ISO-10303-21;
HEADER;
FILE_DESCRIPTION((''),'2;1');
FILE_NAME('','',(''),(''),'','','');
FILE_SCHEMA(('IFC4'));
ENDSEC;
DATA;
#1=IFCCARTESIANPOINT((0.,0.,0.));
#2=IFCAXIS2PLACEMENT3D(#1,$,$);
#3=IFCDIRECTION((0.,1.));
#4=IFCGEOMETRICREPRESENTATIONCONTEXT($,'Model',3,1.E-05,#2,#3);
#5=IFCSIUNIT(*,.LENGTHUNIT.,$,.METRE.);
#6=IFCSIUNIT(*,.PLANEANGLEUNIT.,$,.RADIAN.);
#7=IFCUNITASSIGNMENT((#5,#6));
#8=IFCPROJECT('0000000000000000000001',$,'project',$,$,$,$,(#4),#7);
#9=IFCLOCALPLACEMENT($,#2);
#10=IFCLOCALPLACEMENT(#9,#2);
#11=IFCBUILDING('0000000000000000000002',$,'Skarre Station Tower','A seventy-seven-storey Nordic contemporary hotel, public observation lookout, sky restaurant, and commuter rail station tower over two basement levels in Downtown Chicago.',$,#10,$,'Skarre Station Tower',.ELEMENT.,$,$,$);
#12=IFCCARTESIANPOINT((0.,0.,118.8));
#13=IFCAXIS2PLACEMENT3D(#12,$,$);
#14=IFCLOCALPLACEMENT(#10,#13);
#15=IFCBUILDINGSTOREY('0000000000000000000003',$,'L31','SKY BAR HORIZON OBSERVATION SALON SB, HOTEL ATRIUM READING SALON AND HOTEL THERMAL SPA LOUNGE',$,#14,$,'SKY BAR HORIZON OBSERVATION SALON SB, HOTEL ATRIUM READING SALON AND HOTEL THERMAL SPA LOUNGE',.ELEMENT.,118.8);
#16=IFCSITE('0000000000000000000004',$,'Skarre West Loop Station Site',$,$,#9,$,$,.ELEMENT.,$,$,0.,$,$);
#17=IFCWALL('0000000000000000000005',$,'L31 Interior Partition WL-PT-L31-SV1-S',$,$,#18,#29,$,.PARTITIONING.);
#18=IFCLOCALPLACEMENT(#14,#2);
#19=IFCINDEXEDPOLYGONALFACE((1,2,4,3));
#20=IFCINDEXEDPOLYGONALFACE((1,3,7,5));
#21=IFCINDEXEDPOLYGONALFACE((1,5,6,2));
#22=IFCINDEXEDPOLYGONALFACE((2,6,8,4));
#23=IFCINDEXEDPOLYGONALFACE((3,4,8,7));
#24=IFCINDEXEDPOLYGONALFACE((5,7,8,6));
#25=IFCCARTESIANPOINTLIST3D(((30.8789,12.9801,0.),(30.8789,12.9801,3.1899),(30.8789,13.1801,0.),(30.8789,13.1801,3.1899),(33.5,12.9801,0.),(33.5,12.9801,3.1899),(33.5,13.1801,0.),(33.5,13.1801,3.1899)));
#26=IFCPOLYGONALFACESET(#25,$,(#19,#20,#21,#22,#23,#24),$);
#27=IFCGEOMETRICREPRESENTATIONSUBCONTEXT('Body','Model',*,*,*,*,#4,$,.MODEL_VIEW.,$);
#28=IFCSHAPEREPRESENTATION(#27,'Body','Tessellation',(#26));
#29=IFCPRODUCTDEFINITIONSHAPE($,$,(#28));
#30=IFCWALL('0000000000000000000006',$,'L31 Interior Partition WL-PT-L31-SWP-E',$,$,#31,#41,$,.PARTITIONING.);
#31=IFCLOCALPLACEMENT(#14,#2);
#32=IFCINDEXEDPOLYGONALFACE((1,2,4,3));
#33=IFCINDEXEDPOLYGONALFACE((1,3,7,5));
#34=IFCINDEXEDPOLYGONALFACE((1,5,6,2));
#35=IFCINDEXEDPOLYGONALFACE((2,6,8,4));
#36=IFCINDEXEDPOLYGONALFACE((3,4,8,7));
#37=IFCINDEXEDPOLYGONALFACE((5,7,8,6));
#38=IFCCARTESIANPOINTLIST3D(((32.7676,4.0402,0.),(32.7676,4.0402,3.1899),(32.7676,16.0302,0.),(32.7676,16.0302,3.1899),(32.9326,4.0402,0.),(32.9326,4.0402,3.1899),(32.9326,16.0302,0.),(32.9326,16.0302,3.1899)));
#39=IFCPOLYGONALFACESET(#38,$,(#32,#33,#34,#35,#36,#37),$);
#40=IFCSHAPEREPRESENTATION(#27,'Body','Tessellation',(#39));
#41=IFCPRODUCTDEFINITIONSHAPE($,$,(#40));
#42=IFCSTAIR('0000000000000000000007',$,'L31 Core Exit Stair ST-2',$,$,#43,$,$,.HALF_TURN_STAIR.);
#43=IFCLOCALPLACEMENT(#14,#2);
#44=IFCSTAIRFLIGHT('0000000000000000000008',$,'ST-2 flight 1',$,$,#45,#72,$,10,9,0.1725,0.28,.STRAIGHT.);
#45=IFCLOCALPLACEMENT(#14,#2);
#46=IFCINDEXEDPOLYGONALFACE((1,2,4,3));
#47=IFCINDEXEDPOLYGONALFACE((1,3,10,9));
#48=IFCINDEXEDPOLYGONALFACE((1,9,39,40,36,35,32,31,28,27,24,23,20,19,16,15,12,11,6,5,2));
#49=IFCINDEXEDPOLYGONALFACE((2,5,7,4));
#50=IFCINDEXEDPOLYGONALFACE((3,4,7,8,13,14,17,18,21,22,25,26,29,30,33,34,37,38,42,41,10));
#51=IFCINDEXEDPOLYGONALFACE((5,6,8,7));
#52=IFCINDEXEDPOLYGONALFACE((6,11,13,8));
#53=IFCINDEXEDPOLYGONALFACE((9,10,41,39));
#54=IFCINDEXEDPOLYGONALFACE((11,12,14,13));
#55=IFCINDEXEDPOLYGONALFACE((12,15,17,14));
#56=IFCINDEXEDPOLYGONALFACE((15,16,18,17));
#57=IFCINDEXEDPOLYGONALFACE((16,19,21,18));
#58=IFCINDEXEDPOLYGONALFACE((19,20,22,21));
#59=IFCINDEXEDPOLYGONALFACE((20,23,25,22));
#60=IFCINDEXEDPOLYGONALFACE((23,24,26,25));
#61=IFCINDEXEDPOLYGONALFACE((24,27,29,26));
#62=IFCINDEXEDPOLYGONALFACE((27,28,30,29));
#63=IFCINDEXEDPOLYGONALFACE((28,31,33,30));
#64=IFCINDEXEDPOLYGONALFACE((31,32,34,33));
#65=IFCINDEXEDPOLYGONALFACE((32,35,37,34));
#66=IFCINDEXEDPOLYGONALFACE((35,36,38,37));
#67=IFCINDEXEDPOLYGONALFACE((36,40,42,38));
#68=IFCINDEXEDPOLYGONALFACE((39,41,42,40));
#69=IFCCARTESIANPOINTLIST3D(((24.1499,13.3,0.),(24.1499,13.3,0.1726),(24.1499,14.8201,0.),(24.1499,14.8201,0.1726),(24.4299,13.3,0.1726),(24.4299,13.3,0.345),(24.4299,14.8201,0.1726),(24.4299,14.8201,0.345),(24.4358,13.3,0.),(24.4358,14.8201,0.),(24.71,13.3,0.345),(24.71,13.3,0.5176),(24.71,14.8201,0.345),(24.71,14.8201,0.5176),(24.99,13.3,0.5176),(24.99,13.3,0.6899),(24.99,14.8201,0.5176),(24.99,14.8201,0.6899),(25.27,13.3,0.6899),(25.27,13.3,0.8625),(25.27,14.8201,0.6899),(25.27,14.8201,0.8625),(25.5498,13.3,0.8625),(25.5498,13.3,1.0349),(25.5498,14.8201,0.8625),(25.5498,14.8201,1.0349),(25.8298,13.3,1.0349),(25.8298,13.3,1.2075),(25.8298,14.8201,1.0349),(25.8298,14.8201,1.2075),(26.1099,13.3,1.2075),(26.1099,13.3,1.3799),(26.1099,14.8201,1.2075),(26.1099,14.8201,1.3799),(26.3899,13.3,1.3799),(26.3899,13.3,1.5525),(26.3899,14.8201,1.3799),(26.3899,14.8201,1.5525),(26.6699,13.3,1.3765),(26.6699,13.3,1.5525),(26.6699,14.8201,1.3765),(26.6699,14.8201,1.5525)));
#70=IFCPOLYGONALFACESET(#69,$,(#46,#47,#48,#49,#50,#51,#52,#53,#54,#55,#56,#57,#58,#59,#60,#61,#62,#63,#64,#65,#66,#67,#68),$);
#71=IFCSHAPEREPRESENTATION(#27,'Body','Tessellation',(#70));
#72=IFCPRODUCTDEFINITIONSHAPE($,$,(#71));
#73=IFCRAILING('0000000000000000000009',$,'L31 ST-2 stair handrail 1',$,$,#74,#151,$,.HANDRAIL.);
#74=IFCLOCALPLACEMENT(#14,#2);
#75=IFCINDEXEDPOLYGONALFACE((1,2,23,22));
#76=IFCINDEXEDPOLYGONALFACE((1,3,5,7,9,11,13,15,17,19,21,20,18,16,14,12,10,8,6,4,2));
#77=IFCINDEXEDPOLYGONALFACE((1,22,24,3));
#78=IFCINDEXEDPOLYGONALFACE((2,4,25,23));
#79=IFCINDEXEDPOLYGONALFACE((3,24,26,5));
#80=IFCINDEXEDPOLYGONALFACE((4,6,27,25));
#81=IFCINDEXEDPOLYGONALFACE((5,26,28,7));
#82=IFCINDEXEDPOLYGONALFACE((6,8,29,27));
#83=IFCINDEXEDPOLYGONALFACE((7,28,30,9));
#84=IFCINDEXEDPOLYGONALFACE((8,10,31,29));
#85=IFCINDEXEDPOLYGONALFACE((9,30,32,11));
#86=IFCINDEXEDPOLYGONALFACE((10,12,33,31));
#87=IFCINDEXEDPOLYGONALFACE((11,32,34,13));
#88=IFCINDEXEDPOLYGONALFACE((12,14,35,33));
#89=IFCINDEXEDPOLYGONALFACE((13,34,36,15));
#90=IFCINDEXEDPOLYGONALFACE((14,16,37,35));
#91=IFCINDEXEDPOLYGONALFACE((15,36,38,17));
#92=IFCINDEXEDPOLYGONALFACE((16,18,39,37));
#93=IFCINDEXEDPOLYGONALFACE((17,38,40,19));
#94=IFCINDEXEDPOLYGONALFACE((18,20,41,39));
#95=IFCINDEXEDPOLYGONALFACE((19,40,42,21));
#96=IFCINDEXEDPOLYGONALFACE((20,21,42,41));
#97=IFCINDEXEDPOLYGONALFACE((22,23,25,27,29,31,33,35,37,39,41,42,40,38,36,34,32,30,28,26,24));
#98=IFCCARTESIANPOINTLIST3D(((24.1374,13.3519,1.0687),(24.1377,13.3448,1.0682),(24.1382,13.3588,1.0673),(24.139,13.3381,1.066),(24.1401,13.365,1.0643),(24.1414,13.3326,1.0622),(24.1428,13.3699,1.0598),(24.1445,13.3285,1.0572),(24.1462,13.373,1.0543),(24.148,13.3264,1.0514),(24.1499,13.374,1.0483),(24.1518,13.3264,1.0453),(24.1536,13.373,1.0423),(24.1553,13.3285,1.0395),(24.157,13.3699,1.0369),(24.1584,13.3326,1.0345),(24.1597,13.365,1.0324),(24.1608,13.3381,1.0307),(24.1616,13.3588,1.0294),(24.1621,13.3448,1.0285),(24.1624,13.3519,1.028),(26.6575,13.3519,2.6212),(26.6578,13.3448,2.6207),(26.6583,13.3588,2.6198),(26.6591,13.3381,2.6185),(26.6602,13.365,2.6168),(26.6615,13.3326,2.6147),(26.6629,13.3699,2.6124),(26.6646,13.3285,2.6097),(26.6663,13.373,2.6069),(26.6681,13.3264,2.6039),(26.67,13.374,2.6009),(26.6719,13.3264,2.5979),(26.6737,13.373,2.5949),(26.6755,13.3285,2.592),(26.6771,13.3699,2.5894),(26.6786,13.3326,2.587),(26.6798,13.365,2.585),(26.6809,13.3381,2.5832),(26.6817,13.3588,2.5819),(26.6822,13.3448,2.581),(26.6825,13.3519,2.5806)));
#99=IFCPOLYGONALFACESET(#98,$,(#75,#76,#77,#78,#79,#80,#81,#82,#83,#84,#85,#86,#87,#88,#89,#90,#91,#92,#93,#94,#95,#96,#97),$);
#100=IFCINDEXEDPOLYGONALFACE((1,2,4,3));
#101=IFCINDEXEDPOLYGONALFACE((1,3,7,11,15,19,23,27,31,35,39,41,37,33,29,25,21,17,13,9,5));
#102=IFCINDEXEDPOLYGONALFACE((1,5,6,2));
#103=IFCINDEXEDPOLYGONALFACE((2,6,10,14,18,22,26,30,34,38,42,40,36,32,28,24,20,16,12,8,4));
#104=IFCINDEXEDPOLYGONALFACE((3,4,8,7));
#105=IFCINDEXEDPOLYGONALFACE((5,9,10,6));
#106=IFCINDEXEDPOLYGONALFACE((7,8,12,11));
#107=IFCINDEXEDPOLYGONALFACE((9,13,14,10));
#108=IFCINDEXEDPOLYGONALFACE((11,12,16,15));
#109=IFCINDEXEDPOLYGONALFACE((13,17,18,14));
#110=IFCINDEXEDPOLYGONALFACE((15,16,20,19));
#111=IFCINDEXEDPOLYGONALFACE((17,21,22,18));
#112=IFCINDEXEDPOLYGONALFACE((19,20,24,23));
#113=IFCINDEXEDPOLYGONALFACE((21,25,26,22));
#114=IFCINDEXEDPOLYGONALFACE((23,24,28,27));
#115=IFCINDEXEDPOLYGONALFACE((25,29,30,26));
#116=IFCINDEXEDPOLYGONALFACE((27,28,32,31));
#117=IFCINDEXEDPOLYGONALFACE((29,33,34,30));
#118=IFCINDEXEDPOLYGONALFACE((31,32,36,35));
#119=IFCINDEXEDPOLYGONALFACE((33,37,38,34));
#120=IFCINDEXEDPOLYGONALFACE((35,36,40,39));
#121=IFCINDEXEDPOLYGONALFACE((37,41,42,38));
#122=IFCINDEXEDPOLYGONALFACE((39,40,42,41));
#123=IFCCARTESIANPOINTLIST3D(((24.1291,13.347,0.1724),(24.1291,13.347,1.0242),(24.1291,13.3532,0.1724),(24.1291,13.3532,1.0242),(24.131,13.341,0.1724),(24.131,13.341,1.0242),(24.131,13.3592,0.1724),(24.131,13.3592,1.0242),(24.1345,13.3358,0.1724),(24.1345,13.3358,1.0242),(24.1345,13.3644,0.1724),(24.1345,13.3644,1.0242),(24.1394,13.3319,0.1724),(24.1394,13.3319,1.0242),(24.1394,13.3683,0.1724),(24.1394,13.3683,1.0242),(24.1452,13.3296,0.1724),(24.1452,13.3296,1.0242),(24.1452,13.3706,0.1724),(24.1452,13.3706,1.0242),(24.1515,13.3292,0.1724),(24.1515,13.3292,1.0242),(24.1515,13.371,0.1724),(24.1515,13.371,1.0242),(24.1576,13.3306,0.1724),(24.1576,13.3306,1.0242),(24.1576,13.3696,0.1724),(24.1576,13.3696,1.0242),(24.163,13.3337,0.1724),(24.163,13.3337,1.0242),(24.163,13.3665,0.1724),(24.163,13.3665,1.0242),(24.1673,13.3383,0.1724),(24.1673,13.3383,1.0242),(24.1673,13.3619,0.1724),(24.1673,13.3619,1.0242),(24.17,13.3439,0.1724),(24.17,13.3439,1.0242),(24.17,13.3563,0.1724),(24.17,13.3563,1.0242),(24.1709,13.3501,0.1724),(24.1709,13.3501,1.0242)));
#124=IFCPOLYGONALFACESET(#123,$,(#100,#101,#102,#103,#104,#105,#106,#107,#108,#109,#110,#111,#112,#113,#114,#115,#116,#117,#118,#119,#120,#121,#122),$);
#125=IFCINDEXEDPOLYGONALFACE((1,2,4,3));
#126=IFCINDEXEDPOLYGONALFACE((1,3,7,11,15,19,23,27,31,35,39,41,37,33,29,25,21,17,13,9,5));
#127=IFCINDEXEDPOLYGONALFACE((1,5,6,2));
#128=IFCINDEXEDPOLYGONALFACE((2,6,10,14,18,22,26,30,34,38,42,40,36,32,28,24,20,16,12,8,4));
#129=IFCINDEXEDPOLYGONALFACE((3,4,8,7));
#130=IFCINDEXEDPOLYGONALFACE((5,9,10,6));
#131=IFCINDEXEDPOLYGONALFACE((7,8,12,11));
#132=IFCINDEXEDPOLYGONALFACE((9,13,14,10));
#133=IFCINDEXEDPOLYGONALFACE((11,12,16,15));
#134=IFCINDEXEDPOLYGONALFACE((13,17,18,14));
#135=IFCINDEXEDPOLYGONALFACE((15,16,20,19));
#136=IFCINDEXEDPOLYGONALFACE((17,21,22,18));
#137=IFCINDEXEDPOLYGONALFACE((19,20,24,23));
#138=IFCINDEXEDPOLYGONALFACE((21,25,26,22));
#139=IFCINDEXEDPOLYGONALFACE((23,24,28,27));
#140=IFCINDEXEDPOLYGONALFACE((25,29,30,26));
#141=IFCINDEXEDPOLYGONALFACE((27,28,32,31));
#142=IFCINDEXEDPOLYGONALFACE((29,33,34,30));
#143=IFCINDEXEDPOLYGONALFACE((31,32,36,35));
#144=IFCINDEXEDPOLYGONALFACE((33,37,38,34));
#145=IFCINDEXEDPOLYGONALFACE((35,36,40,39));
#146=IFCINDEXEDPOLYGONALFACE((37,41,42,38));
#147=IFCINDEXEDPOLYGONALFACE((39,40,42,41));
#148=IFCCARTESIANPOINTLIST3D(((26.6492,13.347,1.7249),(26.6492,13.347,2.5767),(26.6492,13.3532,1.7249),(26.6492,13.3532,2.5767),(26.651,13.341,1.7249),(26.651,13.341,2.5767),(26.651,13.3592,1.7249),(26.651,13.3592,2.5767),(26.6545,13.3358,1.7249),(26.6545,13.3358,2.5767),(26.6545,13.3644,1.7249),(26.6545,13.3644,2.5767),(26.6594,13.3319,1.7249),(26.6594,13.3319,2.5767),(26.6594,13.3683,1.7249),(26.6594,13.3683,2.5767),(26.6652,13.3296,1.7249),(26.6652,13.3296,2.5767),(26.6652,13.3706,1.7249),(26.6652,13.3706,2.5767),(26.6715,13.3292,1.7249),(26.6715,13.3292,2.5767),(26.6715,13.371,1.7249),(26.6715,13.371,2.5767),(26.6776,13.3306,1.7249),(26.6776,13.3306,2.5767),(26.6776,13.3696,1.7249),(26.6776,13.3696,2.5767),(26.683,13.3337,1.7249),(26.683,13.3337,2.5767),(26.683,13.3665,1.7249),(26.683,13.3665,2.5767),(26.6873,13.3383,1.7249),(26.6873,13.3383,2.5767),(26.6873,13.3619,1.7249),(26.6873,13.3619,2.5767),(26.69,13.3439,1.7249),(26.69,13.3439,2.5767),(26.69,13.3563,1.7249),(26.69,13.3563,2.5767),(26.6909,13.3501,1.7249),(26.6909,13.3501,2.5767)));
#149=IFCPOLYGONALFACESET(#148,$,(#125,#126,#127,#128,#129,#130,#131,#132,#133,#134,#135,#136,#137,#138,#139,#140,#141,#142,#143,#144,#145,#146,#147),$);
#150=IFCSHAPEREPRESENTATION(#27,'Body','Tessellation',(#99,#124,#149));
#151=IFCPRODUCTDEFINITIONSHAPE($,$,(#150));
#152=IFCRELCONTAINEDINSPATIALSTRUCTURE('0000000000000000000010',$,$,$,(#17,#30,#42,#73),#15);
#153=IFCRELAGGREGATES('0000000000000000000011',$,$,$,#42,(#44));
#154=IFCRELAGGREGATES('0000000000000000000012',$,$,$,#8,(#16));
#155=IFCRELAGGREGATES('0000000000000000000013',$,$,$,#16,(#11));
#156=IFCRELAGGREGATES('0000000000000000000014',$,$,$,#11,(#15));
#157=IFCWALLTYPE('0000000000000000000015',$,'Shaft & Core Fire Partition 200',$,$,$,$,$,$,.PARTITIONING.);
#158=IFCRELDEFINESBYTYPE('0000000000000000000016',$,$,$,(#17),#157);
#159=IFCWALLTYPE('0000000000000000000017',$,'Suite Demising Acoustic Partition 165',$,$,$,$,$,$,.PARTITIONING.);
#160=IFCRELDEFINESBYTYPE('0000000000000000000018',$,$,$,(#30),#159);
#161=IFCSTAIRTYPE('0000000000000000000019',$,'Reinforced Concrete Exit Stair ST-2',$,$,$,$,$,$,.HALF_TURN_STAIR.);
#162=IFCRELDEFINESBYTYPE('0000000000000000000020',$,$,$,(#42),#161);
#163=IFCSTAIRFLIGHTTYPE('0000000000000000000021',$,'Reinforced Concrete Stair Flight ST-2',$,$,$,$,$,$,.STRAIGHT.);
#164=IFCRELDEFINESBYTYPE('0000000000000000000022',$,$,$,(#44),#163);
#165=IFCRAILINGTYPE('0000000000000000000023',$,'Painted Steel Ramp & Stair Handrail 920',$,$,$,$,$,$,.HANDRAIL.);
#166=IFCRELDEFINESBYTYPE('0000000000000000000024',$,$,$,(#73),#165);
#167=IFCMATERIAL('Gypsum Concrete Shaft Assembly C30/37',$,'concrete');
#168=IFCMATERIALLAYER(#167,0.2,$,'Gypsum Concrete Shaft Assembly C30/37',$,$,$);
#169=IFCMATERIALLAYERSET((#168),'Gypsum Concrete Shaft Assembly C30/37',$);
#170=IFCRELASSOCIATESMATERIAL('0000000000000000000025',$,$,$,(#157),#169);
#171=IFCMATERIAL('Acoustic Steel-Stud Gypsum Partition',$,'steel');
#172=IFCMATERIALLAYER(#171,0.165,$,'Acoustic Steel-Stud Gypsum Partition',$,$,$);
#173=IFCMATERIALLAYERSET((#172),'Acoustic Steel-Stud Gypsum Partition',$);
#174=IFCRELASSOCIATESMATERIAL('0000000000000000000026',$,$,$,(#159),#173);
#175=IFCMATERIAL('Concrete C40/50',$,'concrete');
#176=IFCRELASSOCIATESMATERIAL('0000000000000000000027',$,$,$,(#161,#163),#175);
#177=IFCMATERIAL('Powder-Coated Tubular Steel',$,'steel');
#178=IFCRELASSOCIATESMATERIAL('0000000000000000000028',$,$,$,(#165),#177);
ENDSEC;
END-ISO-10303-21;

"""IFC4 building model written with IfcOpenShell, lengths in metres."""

from ifc_helpers import new_model, si_unit, direction, frame, frame_2d, origin, origin_2d, place, context, subcontext, project, spatial, polyline, rectangle, circle, outline, extrude, material, layer, layer_set, type_object, element, aggregate, save


model = new_model("IFC4")

# Units and contexts
model_context = context("Model", 3, precision=1e-05, world=origin(), true_north=direction((0.0, 1.0)))
body_context = subcontext(model_context, "Body", "Model", "MODEL_VIEW")
ifc_project = project(units=[si_unit("LENGTHUNIT", "METRE"), si_unit("PLANEANGLEUNIT", "RADIAN")], contexts=[model_context])

# Site, building, storey
site_placement = place(None, origin())
site = spatial("IfcSite", under=ifc_project, at=site_placement, Name="Skarre West Loop Station Site", CompositionType="ELEMENT", RefElevation=0.0)
building_placement = place(site_placement, origin())
building = spatial("IfcBuilding", under=site, at=building_placement, Name="Skarre Station Tower", Description="A seventy-seven-storey Nordic contemporary hotel, public observation lookout, sky restaurant, and commuter rail station tower over two basement levels in Downtown Chicago.", LongName="Skarre Station Tower", CompositionType="ELEMENT")
storey_placement = place(building_placement, frame((0.0, 0.0, 118.8)))
storey = spatial("IfcBuildingStorey", under=building, at=storey_placement, Name="L31", Description="SKY BAR HORIZON OBSERVATION SALON SB, HOTEL ATRIUM READING SALON AND HOTEL THERMAL SPA LOUNGE", LongName="SKY BAR HORIZON OBSERVATION SALON SB, HOTEL ATRIUM READING SALON AND HOTEL THERMAL SPA LOUNGE", CompositionType="ELEMENT", Elevation=118.8)

# Shared definitions
ifc_material_1 = material(Name="Acoustic Steel-Stud Gypsum Partition", Category="steel")

# Walls
ifc_material_2 = material(Name="Gypsum Concrete Shaft Assembly C30/37", Category="concrete")
ifc_layer_1 = layer(ifc_material_2, 0.2, Name="Gypsum Concrete Shaft Assembly C30/37")
ifc_layer_set_1 = layer_set([ifc_layer_1], Name="Gypsum Concrete Shaft Assembly C30/37")
wall_type_1 = type_object("IfcWallType", Name="Shaft & Core Fire Partition 200", PredefinedType="PARTITIONING", material=ifc_layer_set_1)
wall_1_placement = place(storey_placement, frame((30.8789, 13.0801, 0.0), z_axis=(0.0, 0.0, 1.0), x_axis=(1.0, 0.0, 0.0)))
element("IfcWall", 1, at=wall_1_placement, inside=storey, type_object=wall_type_1, Name="L31 Interior Partition WL-PT-L31-SV1-S", PredefinedType="PARTITIONING", context=body_context, shape_type="SweptSolid", body=[
    extrude(rectangle(XDim=2.6211, YDim=0.2, at=frame_2d((1.3105, 0.0))), origin(), (0.0, 0.0, 1.0), 3.1899),
])
ifc_layer_2 = layer(ifc_material_1, 0.165, Name="Acoustic Steel-Stud Gypsum Partition")
ifc_layer_set_2 = layer_set([ifc_layer_2], Name="Acoustic Steel-Stud Gypsum Partition")
wall_type_2 = type_object("IfcWallType", Name="Suite Demising Acoustic Partition 165", PredefinedType="PARTITIONING", material=ifc_layer_set_2)
wall_2_placement = place(storey_placement, frame((32.8501, 4.04, 0.0), z_axis=(0.0, 0.0, 1.0), x_axis=(0.0, 1.0, 0.0)))
element("IfcWall", 2, at=wall_2_placement, inside=storey, type_object=wall_type_2, Name="L31 Interior Partition WL-PT-L31-SWP-E", PredefinedType="PARTITIONING", context=body_context, shape_type="SweptSolid", body=[
    extrude(rectangle(XDim=11.99, YDim=0.165, at=frame_2d((5.9951, 0.0))), origin(), (0.0, 0.0, 1.0), 3.1899),
])

# Stair, stair flight
ifc_material_3 = material(Name="Concrete C40/50", Category="concrete")
stair_type = type_object("IfcStairType", Name="Reinforced Concrete Exit Stair ST-2", PredefinedType="HALF_TURN_STAIR", material=ifc_material_3)
stair_placement = place(storey_placement, origin())
stair = element("IfcStair", 3, at=stair_placement, inside=storey, type_object=stair_type, Name="L31 Core Exit Stair ST-2", PredefinedType="HALF_TURN_STAIR")
stair_flight_type = type_object("IfcStairFlightType", Name="Reinforced Concrete Stair Flight ST-2", PredefinedType="STRAIGHT", material=ifc_material_3)
stair_flight_placement = place(storey_placement, frame((24.1499, 14.0601, 0.0), z_axis=(0.0, 0.0, 1.0), x_axis=(1.0, 0.0, 0.0)))
stair_flight = element("IfcStairFlight", 4, at=stair_flight_placement, type_object=stair_flight_type, Name="ST-2 flight 1", NumberOfRisers=10, NumberOfTreads=9, PredefinedType="STRAIGHT", RiserHeight=0.1725, TreadLength=0.28, context=body_context, shape_type="SweptSolid", body=[
    extrude(outline(polyline([(0.0, 0.0), (0.0, 0.1726), (0.28, 0.1726), (0.28, 0.345), (0.5601, 0.345), (0.5601, 0.5176), (0.8401, 0.5176), (0.8401, 0.6899), (1.1201, 0.6899), (1.1201, 0.8625), (1.3999, 0.8625), (1.3999, 1.0349), (1.6799, 1.0349), (1.6799, 1.2075), (1.96, 1.2075), (1.96, 1.3799), (2.24, 1.3799), (2.24, 1.5525), (2.52, 1.5525), (2.52, 1.7251), (2.52, 1.3765), (0.2859, 0.0), (0.0, 0.0)])), frame((0.0, 0.76, 0.0), z_axis=(0.0, -1.0, 0.0), x_axis=(1.0, 0.0, 0.0)), (0.0, 0.0, 1.0), 1.52),
])
aggregate(stair, [stair_flight])

# Railing
ifc_material_4 = material(Name="Powder-Coated Tubular Steel", Category="steel")
railing_type_1 = type_object("IfcRailingType", Name="Painted Steel Ramp & Stair Handrail 920", PredefinedType="HANDRAIL", material=ifc_material_4)
railing_1_placement = place(storey_placement, frame((24.1499, 13.3501, 0.1724)))
element("IfcRailing", 5, at=railing_1_placement, inside=storey, type_object=railing_type_1, Name="L31 ST-2 stair handrail 1", PredefinedType="HANDRAIL", context=body_context, shape_type="SweptSolid", body=[
    extrude(circle(Radius=0.0239, at=origin_2d()), frame((0.0, 0.0, 0.876), z_axis=(0.8514, 0.0, 0.524516), x_axis=(0.0, 1.0, 0.0)), (0.0, 0.0, 1.0), 2.96),
    extrude(circle(Radius=0.021, at=origin_2d()), origin(), (0.0, 0.0, 1.0), 0.8518),
    extrude(circle(Radius=0.021, at=origin_2d()), frame((2.52, 0.0, 1.5525)), (0.0, 0.0, 1.0), 0.8518),
])

save(model, "model.ifc")
